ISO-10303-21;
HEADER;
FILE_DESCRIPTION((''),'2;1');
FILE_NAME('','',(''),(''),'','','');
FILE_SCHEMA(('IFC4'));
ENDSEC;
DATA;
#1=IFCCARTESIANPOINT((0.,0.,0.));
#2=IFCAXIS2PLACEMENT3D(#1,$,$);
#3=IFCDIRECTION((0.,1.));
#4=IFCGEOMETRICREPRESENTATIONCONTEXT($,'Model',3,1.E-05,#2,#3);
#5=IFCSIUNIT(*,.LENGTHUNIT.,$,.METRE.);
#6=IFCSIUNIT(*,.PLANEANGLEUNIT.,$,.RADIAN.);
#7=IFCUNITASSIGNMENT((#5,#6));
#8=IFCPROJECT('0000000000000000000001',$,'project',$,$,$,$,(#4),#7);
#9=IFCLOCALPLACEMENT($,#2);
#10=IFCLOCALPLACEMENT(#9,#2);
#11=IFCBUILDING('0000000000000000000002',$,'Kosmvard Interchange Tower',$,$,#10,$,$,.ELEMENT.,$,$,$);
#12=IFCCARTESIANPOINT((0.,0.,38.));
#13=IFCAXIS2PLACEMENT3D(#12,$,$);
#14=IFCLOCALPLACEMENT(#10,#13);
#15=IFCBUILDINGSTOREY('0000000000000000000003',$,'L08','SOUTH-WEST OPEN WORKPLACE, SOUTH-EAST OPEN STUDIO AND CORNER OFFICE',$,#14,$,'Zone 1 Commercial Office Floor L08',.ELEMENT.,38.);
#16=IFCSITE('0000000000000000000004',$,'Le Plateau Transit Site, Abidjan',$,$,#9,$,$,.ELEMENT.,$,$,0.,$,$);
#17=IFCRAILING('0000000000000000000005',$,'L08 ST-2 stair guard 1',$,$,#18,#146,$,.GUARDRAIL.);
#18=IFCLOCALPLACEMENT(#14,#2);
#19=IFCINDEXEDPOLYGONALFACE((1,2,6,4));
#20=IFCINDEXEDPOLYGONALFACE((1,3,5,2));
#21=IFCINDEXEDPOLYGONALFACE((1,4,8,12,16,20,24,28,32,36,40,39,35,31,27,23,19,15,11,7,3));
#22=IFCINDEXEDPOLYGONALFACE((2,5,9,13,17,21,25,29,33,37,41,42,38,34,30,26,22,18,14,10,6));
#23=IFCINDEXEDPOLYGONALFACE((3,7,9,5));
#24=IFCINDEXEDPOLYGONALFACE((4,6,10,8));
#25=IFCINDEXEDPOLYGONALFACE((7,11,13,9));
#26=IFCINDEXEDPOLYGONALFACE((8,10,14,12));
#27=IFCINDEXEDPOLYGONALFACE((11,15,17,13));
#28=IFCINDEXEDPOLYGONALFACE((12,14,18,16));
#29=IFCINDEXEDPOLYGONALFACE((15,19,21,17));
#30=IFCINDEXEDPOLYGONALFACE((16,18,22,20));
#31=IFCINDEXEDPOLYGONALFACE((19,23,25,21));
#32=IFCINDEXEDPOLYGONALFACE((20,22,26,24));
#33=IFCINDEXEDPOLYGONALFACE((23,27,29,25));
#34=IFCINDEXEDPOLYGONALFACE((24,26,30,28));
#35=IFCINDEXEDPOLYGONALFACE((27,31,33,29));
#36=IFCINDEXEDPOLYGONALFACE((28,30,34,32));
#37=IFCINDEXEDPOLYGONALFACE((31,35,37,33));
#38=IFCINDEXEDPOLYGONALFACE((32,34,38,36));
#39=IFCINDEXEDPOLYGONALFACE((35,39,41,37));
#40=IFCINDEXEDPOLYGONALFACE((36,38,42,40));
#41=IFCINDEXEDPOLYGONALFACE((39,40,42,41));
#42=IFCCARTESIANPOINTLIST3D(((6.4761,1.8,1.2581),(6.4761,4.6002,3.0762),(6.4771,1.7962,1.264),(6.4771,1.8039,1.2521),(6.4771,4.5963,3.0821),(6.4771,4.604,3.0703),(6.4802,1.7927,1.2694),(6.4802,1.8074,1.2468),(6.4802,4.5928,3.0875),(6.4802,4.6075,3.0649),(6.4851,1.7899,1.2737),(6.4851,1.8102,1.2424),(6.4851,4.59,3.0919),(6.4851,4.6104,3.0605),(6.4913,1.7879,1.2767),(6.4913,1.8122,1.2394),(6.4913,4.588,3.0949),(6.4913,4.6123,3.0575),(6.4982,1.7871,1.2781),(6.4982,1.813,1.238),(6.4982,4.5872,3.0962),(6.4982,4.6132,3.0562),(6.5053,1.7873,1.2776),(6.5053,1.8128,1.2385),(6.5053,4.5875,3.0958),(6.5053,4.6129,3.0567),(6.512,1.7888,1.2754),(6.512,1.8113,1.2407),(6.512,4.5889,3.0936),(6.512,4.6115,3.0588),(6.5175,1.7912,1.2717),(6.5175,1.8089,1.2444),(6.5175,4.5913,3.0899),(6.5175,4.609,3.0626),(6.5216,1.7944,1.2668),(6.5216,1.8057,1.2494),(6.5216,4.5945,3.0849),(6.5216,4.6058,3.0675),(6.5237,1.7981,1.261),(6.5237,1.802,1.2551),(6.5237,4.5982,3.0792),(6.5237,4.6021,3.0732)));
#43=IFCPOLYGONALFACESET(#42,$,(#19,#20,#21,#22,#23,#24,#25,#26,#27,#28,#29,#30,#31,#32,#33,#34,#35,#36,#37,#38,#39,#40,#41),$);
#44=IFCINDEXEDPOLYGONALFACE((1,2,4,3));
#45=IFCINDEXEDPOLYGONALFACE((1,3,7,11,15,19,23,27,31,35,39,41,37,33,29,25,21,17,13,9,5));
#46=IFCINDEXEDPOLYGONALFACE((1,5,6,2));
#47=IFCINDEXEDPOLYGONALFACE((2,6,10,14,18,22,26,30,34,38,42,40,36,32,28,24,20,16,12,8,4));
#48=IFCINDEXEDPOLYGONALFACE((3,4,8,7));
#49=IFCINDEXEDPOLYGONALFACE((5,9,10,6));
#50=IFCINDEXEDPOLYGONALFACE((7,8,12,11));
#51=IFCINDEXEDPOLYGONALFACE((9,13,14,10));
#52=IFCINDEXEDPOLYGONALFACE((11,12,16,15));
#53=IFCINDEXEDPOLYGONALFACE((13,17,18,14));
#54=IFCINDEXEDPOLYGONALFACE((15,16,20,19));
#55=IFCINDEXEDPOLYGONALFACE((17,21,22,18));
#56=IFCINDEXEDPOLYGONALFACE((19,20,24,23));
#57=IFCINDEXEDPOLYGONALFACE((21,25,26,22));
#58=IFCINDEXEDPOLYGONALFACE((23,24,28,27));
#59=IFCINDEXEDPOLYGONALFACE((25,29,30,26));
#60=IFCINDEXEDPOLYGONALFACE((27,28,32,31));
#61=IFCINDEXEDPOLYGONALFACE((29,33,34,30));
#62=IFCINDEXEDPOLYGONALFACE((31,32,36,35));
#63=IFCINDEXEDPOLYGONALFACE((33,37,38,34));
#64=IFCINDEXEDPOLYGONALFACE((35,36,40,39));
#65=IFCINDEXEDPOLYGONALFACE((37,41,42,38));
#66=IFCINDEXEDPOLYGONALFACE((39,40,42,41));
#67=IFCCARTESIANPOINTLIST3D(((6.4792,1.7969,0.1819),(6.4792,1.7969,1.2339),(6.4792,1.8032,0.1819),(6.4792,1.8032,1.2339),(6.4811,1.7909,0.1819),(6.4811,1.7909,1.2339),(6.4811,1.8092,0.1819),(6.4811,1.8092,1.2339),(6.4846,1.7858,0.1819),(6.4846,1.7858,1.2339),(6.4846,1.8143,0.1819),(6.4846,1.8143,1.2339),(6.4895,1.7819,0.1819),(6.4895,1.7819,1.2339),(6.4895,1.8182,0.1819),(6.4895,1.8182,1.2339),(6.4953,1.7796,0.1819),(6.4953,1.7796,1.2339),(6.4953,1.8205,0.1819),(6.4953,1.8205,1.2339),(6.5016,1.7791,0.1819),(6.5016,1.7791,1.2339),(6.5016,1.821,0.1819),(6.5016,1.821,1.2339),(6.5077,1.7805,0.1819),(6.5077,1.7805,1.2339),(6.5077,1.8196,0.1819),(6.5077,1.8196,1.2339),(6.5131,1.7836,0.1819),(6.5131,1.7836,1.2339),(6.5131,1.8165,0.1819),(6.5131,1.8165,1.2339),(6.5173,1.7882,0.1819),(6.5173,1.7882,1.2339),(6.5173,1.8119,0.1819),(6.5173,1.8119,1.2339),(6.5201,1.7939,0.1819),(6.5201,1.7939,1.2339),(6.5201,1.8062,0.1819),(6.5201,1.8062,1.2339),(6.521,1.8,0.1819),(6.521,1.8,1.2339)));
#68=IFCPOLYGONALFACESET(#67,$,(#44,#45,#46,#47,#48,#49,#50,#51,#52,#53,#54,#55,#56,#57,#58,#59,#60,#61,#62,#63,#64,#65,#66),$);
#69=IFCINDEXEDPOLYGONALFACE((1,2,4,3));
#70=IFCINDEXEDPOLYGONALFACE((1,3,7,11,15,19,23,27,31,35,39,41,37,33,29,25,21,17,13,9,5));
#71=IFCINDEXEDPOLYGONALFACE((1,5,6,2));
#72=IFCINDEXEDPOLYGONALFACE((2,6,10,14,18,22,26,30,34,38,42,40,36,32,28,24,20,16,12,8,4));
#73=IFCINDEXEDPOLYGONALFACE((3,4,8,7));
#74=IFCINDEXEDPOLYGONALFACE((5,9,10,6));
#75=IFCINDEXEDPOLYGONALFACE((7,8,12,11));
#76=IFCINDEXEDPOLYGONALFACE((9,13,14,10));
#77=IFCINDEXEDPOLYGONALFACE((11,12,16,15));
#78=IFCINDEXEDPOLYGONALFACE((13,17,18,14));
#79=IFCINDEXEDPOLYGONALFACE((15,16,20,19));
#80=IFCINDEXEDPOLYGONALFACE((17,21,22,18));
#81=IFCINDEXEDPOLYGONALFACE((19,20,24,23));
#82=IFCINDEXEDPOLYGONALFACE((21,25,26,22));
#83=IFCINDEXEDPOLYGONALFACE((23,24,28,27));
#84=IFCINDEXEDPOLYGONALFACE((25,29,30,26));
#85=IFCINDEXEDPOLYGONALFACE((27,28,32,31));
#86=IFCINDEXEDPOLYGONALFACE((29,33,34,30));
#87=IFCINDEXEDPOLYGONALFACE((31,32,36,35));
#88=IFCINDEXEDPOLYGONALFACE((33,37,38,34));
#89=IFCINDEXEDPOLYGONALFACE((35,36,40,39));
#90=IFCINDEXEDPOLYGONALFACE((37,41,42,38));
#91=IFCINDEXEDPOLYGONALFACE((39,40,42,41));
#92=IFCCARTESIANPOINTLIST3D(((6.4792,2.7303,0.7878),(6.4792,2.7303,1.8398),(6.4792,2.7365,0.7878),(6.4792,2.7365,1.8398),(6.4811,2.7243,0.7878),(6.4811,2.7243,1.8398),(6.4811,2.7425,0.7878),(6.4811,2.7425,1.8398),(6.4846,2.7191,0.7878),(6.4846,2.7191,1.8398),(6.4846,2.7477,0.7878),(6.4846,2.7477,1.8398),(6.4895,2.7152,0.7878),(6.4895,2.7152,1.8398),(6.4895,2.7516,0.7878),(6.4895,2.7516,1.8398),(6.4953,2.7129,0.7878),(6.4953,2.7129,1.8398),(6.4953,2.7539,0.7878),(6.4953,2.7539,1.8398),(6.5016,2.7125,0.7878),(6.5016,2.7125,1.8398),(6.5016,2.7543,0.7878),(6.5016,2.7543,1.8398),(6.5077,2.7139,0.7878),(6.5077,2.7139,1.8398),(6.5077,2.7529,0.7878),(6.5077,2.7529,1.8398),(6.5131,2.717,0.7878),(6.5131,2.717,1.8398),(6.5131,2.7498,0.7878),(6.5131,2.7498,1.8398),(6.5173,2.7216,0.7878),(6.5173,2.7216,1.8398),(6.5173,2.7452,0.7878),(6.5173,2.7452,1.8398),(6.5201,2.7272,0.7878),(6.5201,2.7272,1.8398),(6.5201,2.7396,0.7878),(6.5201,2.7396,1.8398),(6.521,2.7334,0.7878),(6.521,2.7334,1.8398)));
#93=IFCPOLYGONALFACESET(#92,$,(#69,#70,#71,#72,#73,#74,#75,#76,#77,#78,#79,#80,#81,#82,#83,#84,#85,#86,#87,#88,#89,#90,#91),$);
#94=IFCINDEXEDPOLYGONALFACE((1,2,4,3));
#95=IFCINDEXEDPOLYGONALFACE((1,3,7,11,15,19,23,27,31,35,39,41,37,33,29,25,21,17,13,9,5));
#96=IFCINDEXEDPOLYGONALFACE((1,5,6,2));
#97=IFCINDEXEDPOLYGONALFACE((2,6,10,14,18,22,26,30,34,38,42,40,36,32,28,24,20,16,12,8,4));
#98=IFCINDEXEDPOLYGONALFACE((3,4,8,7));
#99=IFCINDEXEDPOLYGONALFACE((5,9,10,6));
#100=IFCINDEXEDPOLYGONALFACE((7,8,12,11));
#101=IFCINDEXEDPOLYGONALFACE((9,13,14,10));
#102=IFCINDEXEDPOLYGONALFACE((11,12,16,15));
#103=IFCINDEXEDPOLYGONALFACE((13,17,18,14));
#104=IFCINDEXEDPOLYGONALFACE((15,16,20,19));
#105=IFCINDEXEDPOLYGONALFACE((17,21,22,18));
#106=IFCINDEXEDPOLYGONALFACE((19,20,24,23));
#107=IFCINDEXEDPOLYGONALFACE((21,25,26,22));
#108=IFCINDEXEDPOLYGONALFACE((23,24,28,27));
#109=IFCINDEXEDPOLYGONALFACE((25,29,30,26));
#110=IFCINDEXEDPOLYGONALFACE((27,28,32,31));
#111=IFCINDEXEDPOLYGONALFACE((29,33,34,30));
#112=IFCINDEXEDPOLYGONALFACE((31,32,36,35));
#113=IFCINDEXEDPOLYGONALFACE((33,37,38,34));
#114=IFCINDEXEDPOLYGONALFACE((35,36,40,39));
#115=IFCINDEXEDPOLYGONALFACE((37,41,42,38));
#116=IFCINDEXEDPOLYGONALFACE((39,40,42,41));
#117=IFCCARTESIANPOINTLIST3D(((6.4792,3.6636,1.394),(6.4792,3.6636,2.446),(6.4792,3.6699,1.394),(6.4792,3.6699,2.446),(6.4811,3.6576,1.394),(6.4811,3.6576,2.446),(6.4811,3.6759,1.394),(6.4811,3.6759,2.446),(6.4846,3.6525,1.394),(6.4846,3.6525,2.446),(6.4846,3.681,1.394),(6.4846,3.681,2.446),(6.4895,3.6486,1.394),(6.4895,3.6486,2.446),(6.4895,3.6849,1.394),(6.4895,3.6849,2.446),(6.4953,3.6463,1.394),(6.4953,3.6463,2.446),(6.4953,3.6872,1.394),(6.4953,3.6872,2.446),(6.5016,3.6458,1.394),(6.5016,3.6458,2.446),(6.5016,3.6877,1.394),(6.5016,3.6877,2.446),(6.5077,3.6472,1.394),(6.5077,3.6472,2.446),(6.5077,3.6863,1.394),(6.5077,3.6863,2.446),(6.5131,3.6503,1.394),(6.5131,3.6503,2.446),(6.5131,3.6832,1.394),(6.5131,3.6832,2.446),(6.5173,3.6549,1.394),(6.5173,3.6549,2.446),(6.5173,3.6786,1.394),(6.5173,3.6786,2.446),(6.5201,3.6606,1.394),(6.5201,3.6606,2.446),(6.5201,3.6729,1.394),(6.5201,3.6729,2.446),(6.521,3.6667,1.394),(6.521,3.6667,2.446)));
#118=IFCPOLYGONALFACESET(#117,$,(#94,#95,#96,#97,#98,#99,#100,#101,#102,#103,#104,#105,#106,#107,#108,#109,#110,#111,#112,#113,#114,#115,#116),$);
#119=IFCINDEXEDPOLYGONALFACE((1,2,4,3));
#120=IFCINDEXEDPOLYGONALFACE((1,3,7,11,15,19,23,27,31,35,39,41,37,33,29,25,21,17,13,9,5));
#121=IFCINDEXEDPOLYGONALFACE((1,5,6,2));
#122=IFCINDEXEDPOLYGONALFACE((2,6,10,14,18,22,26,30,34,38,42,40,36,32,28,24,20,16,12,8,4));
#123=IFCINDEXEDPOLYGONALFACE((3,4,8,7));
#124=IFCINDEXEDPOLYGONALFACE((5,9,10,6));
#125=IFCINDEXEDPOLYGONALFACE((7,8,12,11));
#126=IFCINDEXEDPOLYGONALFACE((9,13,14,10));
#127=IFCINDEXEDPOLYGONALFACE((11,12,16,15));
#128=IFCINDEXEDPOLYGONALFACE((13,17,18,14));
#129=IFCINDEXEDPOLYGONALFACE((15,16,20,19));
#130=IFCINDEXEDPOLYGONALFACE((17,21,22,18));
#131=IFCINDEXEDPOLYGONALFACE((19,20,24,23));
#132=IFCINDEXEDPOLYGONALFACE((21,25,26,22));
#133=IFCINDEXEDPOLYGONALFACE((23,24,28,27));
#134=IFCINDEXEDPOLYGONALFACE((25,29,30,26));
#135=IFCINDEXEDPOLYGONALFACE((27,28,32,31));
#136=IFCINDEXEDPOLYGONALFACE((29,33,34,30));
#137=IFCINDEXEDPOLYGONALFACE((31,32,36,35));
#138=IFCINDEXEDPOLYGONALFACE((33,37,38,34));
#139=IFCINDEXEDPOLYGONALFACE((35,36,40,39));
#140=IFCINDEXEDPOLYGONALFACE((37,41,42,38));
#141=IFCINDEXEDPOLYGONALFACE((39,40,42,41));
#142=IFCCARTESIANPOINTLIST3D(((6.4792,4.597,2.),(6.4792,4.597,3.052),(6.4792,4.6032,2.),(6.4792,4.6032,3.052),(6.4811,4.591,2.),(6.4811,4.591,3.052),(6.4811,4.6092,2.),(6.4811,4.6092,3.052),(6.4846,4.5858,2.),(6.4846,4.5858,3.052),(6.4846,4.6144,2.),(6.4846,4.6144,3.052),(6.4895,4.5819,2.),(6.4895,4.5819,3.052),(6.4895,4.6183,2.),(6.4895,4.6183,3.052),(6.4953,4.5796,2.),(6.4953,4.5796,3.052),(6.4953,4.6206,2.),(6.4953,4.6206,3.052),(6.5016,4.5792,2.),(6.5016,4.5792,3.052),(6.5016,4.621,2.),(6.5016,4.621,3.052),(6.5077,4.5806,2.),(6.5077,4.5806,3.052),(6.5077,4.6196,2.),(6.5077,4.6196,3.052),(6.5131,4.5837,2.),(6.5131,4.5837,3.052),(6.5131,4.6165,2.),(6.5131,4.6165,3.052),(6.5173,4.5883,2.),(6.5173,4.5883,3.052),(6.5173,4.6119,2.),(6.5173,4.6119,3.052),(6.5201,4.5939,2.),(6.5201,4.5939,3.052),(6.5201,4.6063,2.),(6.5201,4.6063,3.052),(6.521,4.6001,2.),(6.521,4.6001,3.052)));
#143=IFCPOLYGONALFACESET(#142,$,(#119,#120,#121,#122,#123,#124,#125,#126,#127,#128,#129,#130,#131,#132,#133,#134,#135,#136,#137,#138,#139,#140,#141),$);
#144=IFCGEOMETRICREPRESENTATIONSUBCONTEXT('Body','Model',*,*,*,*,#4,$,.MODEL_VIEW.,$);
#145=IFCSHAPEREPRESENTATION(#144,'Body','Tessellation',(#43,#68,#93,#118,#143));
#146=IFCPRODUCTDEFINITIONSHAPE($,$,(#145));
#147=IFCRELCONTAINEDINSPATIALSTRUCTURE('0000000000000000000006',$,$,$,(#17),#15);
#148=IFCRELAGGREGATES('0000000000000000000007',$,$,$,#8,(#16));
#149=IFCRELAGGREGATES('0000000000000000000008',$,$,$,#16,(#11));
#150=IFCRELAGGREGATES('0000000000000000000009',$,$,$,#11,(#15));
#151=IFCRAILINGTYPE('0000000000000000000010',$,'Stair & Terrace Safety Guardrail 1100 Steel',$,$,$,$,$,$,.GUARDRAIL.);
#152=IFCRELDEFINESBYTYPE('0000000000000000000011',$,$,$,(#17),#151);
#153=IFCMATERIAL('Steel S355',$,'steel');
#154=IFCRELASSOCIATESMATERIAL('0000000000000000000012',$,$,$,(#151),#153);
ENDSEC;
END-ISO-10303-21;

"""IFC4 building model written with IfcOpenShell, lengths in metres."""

from ifc_helpers import new_model, si_unit, direction, frame, origin, origin_2d, place, context, subcontext, project, spatial, circle, extrude, source, transform, mapped, material, type_object, element, save


model = new_model("IFC4")

# Units and contexts
model_context = context("Model", 3, precision=1e-05, world=origin(), true_north=direction((0.0, 1.0)))
body_context = subcontext(model_context, "Body", "Model", "MODEL_VIEW")
ifc_project = project(units=[si_unit("LENGTHUNIT", "METRE"), si_unit("PLANEANGLEUNIT", "RADIAN")], contexts=[model_context])

# Site, building, storey
site_placement = place(None, origin())
site = spatial("IfcSite", under=ifc_project, at=site_placement, Name="Le Plateau Transit Site, Abidjan", CompositionType="ELEMENT", RefElevation=0.0)
building_placement = place(site_placement, origin())
building = spatial("IfcBuilding", under=site, at=building_placement, Name="Kosmvard Interchange Tower", CompositionType="ELEMENT")
storey_placement = place(building_placement, frame((0.0, 0.0, 38.0)))
storey = spatial("IfcBuildingStorey", under=building, at=storey_placement, Name="L08", Description="SOUTH-WEST OPEN WORKPLACE, SOUTH-EAST OPEN STUDIO AND CORNER OFFICE", LongName="Zone 1 Commercial Office Floor L08", CompositionType="ELEMENT", Elevation=38.0)

# Shared definitions
ifc_material_1 = material(Name="Steel S355", Category="steel")

# Railing
railing_type_1 = type_object("IfcRailingType", Name="Stair & Terrace Safety Guardrail 1100 Steel", PredefinedType="GUARDRAIL", material=ifc_material_1)
shared_shape_1 = source(origin(), body_context, "Body", "SweptSolid", [
    extrude(circle(Radius=0.0239, at=origin_2d()), frame((0.0, 0.0, 1.0762), z_axis=(0.0, 0.838706, 0.544585), x_axis=(-1.0, 0.0, 0.0)), (0.0, 0.0, 1.0), 3.3386),
    extrude(circle(Radius=0.021, at=origin_2d()), origin(), (0.0, 0.0, 1.0), 1.052),
    extrude(circle(Radius=0.021, at=origin_2d()), frame((0.0, 0.9333, 0.606)), (0.0, 0.0, 1.0), 1.052),
    extrude(circle(Radius=0.021, at=origin_2d()), frame((0.0, 1.8667, 1.2122)), (0.0, 0.0, 1.0), 1.052),
    extrude(circle(Radius=0.021, at=origin_2d()), frame((0.0, 2.8, 1.8181)), (0.0, 0.0, 1.0), 1.052),
])
railing_1_placement = place(storey_placement, frame((6.5, 1.8, 0.1819)))
element("IfcRailing", 1, at=railing_1_placement, inside=storey, type_object=railing_type_1, Name="L08 ST-2 stair guard 1", PredefinedType="GUARDRAIL", context=body_context, shape_type="MappedRepresentation", body=[
    mapped(shared_shape_1, transform((0.0, 0.0, 0.0), scale=1.0)),
])

save(model, "model.ifc")
